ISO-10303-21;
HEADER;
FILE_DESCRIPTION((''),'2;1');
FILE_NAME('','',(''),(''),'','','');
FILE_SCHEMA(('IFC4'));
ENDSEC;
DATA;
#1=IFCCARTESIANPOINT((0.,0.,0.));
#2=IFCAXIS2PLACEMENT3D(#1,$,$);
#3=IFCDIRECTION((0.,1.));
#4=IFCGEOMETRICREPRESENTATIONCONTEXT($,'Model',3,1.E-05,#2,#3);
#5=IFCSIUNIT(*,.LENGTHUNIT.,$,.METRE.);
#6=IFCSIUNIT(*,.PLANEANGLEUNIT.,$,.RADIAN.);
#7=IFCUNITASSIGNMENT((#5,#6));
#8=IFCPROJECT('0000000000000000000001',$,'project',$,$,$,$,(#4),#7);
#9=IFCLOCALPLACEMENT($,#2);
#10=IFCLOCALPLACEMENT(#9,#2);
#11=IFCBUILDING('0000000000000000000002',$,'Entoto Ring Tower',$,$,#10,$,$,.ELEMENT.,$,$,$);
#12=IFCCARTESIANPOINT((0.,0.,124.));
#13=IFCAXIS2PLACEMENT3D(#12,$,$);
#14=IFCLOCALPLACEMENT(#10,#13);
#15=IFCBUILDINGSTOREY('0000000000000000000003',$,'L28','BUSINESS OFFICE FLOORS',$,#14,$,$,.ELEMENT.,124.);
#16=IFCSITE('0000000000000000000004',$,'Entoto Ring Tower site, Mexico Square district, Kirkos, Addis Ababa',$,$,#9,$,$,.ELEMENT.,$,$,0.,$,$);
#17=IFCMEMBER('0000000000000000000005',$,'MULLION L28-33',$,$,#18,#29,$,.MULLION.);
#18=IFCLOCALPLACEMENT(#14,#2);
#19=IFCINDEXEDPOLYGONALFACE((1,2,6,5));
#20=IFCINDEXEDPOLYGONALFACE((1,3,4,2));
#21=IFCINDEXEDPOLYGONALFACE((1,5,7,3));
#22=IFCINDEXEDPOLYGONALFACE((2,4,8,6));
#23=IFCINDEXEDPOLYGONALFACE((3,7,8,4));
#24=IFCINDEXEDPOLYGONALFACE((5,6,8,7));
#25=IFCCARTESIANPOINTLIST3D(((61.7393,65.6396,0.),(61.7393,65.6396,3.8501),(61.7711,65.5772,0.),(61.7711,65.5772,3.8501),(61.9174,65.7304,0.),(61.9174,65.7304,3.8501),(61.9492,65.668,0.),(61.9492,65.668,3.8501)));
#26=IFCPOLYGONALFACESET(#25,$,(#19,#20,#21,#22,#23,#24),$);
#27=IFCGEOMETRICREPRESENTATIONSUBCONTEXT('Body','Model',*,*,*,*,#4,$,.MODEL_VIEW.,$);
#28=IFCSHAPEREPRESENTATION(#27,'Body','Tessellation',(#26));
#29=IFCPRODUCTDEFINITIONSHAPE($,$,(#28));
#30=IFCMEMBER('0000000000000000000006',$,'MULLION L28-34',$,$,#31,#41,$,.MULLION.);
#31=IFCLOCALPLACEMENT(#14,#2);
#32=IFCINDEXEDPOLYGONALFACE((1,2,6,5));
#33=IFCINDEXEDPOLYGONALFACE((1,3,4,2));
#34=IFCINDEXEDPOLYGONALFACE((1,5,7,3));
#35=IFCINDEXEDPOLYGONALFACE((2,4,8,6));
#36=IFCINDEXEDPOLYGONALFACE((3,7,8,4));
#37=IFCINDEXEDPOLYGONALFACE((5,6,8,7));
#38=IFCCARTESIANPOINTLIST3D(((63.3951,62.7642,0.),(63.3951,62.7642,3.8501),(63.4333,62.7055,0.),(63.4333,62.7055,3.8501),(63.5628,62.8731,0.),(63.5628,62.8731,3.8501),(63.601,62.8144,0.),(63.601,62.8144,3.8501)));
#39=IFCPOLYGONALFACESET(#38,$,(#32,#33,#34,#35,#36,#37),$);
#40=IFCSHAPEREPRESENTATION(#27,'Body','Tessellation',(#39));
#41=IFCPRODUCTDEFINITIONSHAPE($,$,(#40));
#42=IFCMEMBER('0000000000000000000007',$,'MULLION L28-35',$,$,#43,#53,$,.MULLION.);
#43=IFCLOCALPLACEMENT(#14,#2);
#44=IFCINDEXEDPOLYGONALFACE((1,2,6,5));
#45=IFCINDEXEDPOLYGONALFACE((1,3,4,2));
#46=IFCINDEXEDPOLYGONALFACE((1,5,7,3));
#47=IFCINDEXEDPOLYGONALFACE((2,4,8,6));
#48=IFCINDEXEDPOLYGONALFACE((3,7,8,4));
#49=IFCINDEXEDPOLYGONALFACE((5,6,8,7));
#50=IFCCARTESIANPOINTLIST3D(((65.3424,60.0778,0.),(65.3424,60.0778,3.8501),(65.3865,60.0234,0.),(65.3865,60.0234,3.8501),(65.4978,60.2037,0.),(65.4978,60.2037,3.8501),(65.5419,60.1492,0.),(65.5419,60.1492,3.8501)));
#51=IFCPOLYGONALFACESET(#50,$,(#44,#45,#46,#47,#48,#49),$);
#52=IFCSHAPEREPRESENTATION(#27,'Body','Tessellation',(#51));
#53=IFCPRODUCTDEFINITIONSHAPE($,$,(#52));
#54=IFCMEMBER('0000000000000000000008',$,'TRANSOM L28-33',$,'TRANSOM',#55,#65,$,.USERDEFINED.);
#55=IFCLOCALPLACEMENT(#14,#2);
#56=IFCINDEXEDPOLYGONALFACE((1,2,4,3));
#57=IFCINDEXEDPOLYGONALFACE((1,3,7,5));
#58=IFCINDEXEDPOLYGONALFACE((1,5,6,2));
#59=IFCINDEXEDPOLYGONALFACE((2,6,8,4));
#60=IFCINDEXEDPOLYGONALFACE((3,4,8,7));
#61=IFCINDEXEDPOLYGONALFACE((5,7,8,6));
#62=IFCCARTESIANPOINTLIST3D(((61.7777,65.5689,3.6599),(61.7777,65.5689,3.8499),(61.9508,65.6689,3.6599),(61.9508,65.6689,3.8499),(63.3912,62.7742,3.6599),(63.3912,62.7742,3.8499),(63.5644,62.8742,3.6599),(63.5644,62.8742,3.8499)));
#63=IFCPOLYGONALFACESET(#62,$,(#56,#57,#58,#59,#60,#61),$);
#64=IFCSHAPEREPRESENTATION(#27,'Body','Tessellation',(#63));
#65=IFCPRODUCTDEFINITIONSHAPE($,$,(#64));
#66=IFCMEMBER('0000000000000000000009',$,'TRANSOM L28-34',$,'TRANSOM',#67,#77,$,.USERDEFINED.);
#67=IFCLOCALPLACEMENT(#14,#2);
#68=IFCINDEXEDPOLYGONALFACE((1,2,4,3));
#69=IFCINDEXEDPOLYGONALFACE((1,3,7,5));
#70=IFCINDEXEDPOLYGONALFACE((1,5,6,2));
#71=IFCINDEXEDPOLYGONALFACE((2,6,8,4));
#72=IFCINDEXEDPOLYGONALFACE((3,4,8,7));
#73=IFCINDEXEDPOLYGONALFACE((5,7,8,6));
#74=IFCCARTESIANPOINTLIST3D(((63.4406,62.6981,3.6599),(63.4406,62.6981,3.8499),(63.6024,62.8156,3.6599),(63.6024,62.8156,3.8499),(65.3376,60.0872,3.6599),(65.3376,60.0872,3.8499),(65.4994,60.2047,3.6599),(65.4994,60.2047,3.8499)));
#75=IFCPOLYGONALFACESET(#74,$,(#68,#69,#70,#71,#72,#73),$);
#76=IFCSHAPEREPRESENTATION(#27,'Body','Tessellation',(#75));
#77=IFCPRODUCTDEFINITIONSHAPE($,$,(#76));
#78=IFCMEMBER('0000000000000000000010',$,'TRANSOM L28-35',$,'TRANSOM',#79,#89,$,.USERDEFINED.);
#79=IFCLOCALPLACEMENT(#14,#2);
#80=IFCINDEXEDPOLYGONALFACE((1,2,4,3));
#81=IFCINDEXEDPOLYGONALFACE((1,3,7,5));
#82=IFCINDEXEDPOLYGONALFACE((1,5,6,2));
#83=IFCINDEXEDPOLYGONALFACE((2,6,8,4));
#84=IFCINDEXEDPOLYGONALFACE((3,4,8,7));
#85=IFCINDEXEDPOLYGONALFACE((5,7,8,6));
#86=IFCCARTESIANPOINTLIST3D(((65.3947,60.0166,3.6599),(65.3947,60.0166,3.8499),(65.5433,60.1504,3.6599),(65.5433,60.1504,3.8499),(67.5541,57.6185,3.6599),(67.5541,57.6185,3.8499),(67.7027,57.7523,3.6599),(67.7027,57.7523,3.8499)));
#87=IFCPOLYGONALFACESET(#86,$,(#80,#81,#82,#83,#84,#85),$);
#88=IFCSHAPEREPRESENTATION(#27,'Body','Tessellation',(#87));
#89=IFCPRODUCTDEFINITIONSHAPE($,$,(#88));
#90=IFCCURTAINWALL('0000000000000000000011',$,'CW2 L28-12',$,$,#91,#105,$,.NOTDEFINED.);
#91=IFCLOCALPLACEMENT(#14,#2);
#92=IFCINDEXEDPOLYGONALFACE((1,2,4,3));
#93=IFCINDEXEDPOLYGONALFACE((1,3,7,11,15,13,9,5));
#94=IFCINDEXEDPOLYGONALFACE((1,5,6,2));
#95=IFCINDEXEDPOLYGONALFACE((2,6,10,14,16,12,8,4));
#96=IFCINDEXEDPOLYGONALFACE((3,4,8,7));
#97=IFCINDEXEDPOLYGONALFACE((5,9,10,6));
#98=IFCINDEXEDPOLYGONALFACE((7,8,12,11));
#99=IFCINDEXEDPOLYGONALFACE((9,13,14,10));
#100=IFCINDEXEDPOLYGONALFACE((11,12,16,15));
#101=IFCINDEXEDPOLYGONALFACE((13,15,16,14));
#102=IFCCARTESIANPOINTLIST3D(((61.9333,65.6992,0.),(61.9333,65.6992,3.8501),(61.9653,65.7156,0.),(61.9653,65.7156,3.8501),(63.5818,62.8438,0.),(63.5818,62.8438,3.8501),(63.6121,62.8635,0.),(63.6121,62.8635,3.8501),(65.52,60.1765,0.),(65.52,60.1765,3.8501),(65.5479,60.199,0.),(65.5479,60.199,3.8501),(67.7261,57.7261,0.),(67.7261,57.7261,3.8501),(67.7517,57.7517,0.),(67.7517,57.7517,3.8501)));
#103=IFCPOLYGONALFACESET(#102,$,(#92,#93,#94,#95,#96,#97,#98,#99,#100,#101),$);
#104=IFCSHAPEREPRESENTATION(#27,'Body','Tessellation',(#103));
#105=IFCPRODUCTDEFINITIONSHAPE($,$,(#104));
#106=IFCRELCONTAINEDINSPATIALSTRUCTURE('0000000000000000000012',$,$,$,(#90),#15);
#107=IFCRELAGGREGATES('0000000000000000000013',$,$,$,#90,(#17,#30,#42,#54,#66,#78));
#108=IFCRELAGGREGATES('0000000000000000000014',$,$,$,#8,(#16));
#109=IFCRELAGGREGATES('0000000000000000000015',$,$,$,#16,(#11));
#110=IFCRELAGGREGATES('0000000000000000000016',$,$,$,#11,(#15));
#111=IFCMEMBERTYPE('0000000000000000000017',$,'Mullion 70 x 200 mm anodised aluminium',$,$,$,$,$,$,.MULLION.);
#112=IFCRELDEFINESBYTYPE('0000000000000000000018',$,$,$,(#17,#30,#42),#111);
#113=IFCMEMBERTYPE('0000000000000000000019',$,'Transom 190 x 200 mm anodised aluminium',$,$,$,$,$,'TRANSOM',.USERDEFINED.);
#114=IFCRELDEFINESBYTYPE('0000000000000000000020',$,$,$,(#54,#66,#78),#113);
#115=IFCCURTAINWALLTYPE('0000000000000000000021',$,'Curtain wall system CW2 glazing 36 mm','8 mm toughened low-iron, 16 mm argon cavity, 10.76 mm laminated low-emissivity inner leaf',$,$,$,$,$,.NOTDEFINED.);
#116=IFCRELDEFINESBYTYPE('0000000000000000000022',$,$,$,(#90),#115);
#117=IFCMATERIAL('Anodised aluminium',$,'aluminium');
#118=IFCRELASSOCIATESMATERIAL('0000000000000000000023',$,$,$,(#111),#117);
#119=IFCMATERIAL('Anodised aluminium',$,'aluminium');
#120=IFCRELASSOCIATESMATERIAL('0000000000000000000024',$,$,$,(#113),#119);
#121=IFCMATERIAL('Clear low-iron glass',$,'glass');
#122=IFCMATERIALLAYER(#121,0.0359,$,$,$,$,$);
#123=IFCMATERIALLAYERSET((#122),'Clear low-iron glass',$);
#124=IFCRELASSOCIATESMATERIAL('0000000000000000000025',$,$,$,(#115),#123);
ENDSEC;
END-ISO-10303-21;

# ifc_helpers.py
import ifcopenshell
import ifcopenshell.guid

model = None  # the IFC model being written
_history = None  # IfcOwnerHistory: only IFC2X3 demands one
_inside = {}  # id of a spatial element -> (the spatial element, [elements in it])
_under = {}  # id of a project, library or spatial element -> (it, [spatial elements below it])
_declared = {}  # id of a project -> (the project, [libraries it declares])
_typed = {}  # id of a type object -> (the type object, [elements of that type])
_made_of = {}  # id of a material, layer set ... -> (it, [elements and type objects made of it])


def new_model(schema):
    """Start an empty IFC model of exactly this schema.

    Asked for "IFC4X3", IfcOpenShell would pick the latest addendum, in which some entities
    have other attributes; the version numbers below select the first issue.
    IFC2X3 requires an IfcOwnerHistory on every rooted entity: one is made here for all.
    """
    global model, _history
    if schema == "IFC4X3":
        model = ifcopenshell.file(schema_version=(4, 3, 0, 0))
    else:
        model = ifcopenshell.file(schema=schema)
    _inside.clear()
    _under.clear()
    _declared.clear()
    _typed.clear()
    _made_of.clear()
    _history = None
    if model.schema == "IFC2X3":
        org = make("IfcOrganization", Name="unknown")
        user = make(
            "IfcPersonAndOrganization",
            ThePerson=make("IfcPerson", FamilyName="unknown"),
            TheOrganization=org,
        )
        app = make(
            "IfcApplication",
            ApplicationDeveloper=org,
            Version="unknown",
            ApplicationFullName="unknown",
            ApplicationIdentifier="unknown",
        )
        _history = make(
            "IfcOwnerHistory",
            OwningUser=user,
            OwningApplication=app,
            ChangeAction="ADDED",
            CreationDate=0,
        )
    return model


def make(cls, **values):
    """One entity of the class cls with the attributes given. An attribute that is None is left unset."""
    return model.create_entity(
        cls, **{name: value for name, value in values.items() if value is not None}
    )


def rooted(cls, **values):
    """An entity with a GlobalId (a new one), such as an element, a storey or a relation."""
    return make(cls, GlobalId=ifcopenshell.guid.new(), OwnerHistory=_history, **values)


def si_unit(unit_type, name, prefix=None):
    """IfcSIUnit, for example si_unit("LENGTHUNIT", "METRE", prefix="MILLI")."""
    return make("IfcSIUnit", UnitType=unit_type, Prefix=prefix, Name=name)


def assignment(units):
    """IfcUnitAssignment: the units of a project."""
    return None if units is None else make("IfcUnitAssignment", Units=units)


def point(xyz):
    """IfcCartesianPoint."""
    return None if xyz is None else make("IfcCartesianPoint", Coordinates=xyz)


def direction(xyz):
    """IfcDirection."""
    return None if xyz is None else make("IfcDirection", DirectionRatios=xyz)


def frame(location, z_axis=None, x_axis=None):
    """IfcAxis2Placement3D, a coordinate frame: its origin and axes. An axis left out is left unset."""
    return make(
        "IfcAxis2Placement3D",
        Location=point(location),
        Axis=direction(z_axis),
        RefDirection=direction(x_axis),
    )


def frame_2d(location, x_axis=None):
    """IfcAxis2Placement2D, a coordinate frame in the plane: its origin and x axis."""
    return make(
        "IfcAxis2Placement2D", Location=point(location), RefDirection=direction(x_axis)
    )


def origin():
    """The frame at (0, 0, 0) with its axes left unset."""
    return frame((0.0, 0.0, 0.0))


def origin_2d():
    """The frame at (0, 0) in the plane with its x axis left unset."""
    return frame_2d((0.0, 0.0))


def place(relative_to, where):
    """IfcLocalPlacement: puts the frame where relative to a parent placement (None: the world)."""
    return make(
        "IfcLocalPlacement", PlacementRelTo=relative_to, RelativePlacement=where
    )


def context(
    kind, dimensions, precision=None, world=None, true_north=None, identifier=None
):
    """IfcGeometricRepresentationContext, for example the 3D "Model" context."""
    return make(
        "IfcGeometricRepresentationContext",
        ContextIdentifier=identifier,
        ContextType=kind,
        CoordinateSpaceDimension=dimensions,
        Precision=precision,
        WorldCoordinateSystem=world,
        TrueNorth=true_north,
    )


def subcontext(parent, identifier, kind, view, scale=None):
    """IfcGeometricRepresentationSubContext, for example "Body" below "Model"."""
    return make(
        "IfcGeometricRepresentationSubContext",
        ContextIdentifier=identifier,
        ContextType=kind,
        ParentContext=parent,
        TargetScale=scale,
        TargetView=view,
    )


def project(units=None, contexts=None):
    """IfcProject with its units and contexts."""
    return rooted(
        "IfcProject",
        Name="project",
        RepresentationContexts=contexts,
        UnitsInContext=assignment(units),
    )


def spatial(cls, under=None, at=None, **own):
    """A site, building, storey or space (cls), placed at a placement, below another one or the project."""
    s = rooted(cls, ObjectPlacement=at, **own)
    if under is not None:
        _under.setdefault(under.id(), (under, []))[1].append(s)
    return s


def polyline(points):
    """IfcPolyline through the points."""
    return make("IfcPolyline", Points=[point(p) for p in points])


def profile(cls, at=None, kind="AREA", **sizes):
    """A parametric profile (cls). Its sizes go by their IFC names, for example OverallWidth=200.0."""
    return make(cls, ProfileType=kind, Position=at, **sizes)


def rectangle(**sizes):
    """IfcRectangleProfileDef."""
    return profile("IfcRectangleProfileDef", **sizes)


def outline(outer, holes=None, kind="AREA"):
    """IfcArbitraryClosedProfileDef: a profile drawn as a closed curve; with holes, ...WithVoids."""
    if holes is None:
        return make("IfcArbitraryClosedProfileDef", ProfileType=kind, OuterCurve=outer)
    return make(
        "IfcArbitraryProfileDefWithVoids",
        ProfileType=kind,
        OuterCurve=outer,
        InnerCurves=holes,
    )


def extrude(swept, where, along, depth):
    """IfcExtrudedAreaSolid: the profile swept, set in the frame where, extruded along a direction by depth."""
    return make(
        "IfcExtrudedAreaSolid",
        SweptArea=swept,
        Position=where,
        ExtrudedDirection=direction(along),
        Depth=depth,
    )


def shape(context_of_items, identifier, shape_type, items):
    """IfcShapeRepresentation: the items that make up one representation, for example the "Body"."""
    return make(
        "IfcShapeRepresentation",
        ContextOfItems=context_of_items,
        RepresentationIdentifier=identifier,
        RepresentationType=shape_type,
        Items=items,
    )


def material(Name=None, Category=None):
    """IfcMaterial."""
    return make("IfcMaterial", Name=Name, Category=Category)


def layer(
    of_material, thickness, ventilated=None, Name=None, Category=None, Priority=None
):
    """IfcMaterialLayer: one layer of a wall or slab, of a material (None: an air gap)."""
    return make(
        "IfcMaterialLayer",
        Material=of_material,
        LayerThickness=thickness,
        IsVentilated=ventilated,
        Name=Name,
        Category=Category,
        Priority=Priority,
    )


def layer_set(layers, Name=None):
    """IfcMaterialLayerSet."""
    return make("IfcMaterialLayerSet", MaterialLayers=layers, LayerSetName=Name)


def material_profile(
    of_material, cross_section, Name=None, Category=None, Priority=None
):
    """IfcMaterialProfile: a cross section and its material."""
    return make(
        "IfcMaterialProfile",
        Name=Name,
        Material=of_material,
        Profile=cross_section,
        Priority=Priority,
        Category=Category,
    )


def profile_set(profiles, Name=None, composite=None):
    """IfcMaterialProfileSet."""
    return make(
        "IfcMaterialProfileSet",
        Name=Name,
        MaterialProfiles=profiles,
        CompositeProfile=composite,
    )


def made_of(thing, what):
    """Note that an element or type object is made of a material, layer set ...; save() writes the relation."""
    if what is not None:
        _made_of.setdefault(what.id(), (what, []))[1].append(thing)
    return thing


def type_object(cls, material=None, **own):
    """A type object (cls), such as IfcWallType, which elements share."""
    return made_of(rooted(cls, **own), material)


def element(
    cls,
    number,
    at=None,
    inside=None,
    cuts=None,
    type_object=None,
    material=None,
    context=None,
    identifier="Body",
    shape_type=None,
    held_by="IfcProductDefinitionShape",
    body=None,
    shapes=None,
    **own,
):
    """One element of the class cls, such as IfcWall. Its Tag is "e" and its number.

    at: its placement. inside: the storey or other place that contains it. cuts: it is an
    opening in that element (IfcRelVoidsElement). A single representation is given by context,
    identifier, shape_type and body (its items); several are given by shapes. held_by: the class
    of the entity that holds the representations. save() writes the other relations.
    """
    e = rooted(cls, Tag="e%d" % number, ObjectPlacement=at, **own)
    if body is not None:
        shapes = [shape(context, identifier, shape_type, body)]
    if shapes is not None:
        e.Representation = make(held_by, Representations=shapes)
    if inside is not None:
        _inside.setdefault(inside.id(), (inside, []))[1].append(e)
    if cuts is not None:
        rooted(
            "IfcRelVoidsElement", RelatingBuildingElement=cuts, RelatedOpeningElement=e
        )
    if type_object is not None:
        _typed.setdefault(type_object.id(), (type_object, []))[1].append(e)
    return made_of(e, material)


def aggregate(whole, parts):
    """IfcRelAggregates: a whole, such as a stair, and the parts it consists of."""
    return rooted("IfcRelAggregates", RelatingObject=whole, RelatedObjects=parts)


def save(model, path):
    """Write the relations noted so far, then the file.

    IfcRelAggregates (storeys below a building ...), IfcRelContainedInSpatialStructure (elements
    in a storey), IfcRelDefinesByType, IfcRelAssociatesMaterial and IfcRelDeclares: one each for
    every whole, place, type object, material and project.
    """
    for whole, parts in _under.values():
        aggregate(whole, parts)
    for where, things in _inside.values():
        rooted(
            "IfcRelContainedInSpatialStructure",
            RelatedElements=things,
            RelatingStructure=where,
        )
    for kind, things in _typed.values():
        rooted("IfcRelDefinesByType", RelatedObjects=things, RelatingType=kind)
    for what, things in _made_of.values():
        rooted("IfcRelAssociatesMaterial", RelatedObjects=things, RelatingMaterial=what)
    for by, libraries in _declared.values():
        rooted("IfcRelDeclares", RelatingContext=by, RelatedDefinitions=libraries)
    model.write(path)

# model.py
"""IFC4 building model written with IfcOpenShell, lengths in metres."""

from ifc_helpers import new_model, si_unit, direction, frame, origin, origin_2d, place, context, subcontext, project, spatial, polyline, rectangle, outline, extrude, material, layer, layer_set, material_profile, profile_set, type_object, element, aggregate, save


model = new_model("IFC4")

# Units and contexts
model_context = context("Model", 3, precision=1e-05, world=origin(), true_north=direction((0.0, 1.0)))
body_context = subcontext(model_context, "Body", "Model", "MODEL_VIEW")
ifc_project = project(units=[si_unit("LENGTHUNIT", "METRE"), si_unit("PLANEANGLEUNIT", "RADIAN")], contexts=[model_context])

# Members
ifc_material_1 = material(Name="Anodised aluminium", Category="aluminium")
ifc_material_profile_1 = material_profile(ifc_material_1, rectangle(XDim=0.0701, YDim=0.2, at=origin_2d()), Name="Mullion 70 x 200 mm anodised aluminium")
ifc_profile_set_1 = profile_set([ifc_material_profile_1], Name="Anodised aluminium")
member_type_1 = type_object("IfcMemberType", Name="Mullion 70 x 200 mm anodised aluminium", PredefinedType="MULLION", material=ifc_profile_set_1)
site_placement = place(None, origin())
building_placement = place(site_placement, origin())
storey_placement = place(building_placement, frame((0.0, 0.0, 124.0)))
member_1_placement = place(storey_placement, frame((61.8442, 65.6538, 0.0), z_axis=(0.0, 0.0, 1.0), x_axis=(0.45399, -0.891007, 0.0)))
member_1 = element("IfcMember", 1, at=member_1_placement, type_object=member_type_1, Name="MULLION L28-33", PredefinedType="MULLION", context=body_context, shape_type="SweptSolid", body=[
    extrude(rectangle(XDim=0.0701, YDim=0.2, at=origin_2d()), origin(), (0.0, 0.0, 1.0), 3.8501),
])
member_2_placement = place(storey_placement, frame((63.498, 62.7893, 0.0), z_axis=(0.0, 0.0, 1.0), x_axis=(0.544639, -0.838671, 0.0)))
member_2 = element("IfcMember", 2, at=member_2_placement, type_object=member_type_1, Name="MULLION L28-34", PredefinedType="MULLION", context=body_context, shape_type="SweptSolid", body=[
    extrude(rectangle(XDim=0.0701, YDim=0.2, at=origin_2d()), origin(), (0.0, 0.0, 1.0), 3.8501),
])
member_3_placement = place(storey_placement, frame((65.4421, 60.1135, 0.0), z_axis=(0.0, 0.0, 1.0), x_axis=(0.62932, -0.777146, 0.0)))
member_3 = element("IfcMember", 3, at=member_3_placement, type_object=member_type_1, Name="MULLION L28-35", PredefinedType="MULLION", context=body_context, shape_type="SweptSolid", body=[
    extrude(rectangle(XDim=0.0701, YDim=0.2, at=origin_2d()), origin(), (0.0, 0.0, 1.0), 3.8501),
])
ifc_material_2 = material(Name="Anodised aluminium", Category="aluminium")
ifc_material_profile_2 = material_profile(ifc_material_2, rectangle(XDim=0.2, YDim=0.1899, at=origin_2d()), Name="Transom 190 x 200 mm anodised aluminium")
ifc_profile_set_2 = profile_set([ifc_material_profile_2], Name="Anodised aluminium")
member_type_2 = type_object("IfcMemberType", Name="Transom 190 x 200 mm anodised aluminium", ElementType="TRANSOM", PredefinedType="USERDEFINED", material=ifc_profile_set_2)
member_4_placement = place(storey_placement, frame((61.8643, 65.6189, 3.7549), z_axis=(0.500004, -0.866023, 0.0), x_axis=(0.866023, 0.500004, 0.0)))
member_4 = element("IfcMember", 4, at=member_4_placement, type_object=member_type_2, Name="TRANSOM L28-33", ObjectType="TRANSOM", PredefinedType="USERDEFINED", context=body_context, shape_type="SweptSolid", body=[
    extrude(rectangle(XDim=0.2, YDim=0.1899, at=origin_2d()), origin(), (0.0, 0.0, 1.0), 3.2271),
])
member_5_placement = place(storey_placement, frame((63.5215, 62.7568, 3.7549), z_axis=(0.587803, -0.809004, 0.0), x_axis=(0.809004, 0.587803, 0.0)))
member_5 = element("IfcMember", 5, at=member_5_placement, type_object=member_type_2, Name="TRANSOM L28-34", ObjectType="TRANSOM", PredefinedType="USERDEFINED", context=body_context, shape_type="SweptSolid", body=[
    extrude(rectangle(XDim=0.2, YDim=0.1899, at=origin_2d()), origin(), (0.0, 0.0, 1.0), 3.2273),
])
member_6_placement = place(storey_placement, frame((65.469, 60.0835, 3.7549), z_axis=(0.669144, -0.743132, 0.0), x_axis=(0.743132, 0.669144, 0.0)))
member_6 = element("IfcMember", 6, at=member_6_placement, type_object=member_type_2, Name="TRANSOM L28-35", ObjectType="TRANSOM", PredefinedType="USERDEFINED", context=body_context, shape_type="SweptSolid", body=[
    extrude(rectangle(XDim=0.2, YDim=0.1899, at=origin_2d()), origin(), (0.0, 0.0, 1.0), 3.2271),
])

# Site, building, storey
site = spatial("IfcSite", under=ifc_project, at=site_placement, Name="Entoto Ring Tower site, Mexico Square district, Kirkos, Addis Ababa", CompositionType="ELEMENT", RefElevation=0.0)
building = spatial("IfcBuilding", under=site, at=building_placement, Name="Entoto Ring Tower", CompositionType="ELEMENT")
storey = spatial("IfcBuildingStorey", under=building, at=storey_placement, Name="L28", Description="BUSINESS OFFICE FLOORS", CompositionType="ELEMENT", Elevation=124.0)

# Curtain wall
ifc_material_3 = material(Name="Clear low-iron glass", Category="glass")
ifc_layer = layer(ifc_material_3, 0.0359)
ifc_layer_set = layer_set([ifc_layer], Name="Clear low-iron glass")
curtain_wall_type = type_object("IfcCurtainWallType", Name="Curtain wall system CW2 glazing 36 mm", Description="8 mm toughened low-iron, 16 mm argon cavity, 10.76 mm laminated low-emissivity inner leaf", PredefinedType="NOTDEFINED", material=ifc_layer_set)
curtain_wall_1_placement = place(storey_placement, origin())
curtain_wall_1 = element("IfcCurtainWall", 7, at=curtain_wall_1_placement, inside=storey, type_object=curtain_wall_type, Name="CW2 L28-12", PredefinedType="NOTDEFINED", context=body_context, shape_type="SweptSolid", body=[
    extrude(outline(polyline([(61.9333, 65.6992), (63.5818, 62.8438), (65.52, 60.1765), (67.7261, 57.7261), (67.7517, 57.7517), (65.5479, 60.199), (63.6121, 62.8635), (61.9653, 65.7156), (61.9333, 65.6992)])), origin(), (0.0, 0.0, 1.0), 3.8501),
])
aggregate(curtain_wall_1, [member_1, member_2, member_3, member_4, member_5, member_6])

save(model, "model.ifc")
